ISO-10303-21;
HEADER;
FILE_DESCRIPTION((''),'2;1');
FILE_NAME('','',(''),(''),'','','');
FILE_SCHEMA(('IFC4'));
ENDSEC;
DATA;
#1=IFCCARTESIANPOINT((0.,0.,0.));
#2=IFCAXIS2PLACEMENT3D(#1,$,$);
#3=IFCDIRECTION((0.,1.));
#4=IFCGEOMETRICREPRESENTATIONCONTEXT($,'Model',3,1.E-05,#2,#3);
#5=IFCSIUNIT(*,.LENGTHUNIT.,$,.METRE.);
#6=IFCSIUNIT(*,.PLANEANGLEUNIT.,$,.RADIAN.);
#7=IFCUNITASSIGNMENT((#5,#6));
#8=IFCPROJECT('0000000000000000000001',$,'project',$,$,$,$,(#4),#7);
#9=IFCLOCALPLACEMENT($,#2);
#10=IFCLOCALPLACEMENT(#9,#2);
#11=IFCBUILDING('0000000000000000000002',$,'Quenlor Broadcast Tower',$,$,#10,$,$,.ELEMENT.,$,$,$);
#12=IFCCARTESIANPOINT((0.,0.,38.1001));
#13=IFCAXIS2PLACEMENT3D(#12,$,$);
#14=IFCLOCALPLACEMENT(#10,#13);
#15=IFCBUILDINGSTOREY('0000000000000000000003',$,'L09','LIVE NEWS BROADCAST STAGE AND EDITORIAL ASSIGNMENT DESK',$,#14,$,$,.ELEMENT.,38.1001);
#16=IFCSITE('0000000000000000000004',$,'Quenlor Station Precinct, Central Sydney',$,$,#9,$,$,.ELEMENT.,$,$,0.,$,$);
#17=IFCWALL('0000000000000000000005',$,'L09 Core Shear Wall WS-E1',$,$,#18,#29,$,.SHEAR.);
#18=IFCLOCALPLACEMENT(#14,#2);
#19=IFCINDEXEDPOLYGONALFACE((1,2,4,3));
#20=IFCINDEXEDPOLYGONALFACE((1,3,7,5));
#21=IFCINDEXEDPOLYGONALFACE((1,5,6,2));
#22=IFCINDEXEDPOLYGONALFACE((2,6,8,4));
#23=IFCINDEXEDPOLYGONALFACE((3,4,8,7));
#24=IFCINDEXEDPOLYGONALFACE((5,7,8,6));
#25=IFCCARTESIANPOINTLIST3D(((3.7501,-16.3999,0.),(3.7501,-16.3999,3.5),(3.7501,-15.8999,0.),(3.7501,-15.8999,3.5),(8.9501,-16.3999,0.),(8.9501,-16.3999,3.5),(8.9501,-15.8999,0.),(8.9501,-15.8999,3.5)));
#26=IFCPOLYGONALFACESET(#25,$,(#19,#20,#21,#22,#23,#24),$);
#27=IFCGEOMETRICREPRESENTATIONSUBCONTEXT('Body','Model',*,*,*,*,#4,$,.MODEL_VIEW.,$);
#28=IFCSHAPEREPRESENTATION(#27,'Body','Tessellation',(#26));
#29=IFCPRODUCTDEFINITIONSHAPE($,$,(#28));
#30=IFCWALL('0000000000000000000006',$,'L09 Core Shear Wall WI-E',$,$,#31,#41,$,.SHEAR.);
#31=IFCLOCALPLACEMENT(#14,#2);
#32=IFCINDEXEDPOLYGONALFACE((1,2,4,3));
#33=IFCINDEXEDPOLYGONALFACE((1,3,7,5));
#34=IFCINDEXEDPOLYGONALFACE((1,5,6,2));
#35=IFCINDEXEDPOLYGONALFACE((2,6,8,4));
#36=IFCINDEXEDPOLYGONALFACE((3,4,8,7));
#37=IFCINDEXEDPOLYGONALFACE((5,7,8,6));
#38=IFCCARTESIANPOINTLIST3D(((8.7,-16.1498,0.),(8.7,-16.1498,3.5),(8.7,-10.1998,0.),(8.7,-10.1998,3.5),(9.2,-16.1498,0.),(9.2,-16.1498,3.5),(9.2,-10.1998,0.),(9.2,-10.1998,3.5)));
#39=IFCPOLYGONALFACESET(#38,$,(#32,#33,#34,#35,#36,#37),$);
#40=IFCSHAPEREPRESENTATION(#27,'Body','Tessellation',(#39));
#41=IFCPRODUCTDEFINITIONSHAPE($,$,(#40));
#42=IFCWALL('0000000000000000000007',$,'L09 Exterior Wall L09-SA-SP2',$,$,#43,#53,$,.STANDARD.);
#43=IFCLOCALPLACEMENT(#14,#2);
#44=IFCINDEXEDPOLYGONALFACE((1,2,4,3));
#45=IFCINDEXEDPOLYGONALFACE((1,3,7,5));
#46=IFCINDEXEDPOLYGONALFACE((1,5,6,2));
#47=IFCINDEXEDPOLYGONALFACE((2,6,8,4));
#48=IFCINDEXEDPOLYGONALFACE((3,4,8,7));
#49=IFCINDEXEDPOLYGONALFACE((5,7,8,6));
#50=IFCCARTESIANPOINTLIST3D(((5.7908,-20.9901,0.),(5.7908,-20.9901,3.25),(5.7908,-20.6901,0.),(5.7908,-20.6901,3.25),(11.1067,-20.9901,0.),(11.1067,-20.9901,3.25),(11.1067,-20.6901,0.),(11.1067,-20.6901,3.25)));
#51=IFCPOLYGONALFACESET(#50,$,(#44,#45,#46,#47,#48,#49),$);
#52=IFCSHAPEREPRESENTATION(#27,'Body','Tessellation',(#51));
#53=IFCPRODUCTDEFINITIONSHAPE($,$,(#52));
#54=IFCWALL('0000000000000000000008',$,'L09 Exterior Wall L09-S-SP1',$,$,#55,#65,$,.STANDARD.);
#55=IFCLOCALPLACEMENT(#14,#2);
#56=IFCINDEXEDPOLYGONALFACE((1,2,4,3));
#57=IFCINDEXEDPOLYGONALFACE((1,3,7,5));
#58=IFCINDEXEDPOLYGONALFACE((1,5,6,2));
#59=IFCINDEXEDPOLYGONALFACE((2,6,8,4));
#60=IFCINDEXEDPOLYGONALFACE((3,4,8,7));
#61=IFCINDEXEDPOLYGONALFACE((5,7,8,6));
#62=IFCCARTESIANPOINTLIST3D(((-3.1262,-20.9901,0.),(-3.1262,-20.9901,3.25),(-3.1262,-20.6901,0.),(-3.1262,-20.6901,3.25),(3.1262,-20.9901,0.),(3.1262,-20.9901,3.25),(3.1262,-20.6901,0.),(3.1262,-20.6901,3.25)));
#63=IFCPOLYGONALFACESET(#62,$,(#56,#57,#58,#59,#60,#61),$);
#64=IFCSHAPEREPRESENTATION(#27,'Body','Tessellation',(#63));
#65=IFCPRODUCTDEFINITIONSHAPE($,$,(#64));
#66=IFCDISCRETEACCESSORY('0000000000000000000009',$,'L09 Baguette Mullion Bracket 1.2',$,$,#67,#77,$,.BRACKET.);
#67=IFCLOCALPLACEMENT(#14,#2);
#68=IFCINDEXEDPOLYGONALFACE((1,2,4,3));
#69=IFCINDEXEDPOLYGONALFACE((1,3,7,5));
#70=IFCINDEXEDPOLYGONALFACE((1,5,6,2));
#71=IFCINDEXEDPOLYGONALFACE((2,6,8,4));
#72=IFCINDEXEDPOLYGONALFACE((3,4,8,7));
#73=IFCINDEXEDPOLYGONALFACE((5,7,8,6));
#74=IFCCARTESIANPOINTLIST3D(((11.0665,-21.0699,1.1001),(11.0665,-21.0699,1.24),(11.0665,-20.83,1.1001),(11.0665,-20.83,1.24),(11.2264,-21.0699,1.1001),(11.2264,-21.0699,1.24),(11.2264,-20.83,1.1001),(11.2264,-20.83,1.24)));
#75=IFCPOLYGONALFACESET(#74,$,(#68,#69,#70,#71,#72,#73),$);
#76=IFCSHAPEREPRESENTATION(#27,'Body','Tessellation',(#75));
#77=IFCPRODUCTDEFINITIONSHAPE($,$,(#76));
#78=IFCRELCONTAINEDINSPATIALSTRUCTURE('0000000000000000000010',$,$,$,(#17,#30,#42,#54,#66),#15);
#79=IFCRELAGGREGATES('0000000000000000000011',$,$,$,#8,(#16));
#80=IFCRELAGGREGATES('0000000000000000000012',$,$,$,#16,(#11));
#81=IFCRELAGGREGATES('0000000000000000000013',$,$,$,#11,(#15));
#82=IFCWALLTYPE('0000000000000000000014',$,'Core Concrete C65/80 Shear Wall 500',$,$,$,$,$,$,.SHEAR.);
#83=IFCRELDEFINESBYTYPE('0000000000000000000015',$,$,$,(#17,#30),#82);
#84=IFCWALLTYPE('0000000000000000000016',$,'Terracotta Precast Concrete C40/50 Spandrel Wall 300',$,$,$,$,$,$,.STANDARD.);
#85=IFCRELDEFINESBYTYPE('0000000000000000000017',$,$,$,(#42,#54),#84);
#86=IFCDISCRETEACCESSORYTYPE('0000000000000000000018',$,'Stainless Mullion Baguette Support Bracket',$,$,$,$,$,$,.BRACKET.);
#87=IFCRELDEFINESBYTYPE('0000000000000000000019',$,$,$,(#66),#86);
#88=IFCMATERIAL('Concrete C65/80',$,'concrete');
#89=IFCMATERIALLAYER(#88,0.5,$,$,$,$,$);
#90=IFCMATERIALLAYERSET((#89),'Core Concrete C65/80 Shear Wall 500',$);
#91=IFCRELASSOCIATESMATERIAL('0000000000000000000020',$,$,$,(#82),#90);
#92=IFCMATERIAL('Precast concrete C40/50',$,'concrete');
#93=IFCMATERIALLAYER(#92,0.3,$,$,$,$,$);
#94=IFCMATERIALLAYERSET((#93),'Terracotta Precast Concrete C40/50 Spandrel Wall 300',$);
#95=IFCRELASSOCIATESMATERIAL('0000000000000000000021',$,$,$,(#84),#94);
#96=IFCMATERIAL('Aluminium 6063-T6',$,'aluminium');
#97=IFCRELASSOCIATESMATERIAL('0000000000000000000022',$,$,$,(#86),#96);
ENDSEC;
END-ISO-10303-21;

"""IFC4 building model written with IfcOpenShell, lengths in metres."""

from ifc_helpers import new_model, si_unit, direction, frame, frame_2d, origin, origin_2d, place, context, subcontext, project, spatial, rectangle, extrude, material, layer, layer_set, type_object, element, save


model = new_model("IFC4")

# Units and contexts
model_context = context("Model", 3, precision=1e-05, world=origin(), true_north=direction((0.0, 1.0)))
body_context = subcontext(model_context, "Body", "Model", "MODEL_VIEW")
ifc_project = project(units=[si_unit("LENGTHUNIT", "METRE"), si_unit("PLANEANGLEUNIT", "RADIAN")], contexts=[model_context])

# Site, building, storey
site_placement = place(None, origin())
site = spatial("IfcSite", under=ifc_project, at=site_placement, Name="Quenlor Station Precinct, Central Sydney", CompositionType="ELEMENT", RefElevation=0.0)
building_placement = place(site_placement, origin())
building = spatial("IfcBuilding", under=site, at=building_placement, Name="Quenlor Broadcast Tower", CompositionType="ELEMENT")
storey_placement = place(building_placement, frame((0.0, 0.0, 38.1001)))
storey = spatial("IfcBuildingStorey", under=building, at=storey_placement, Name="L09", Description="LIVE NEWS BROADCAST STAGE AND EDITORIAL ASSIGNMENT DESK", CompositionType="ELEMENT", Elevation=38.1001)

# Walls
ifc_material_1 = material(Name="Concrete C65/80", Category="concrete")
ifc_layer_1 = layer(ifc_material_1, 0.5)
ifc_layer_set_1 = layer_set([ifc_layer_1], Name="Core Concrete C65/80 Shear Wall 500")
wall_type_1 = type_object("IfcWallType", Name="Core Concrete C65/80 Shear Wall 500", PredefinedType="SHEAR", material=ifc_layer_set_1)
wall_1_placement = place(storey_placement, frame((3.75, -16.1499, 0.0), z_axis=(0.0, 0.0, 1.0), x_axis=(1.0, 0.0, 0.0)))
element("IfcWall", 1, at=wall_1_placement, inside=storey, type_object=wall_type_1, Name="L09 Core Shear Wall WS-E1", PredefinedType="SHEAR", context=body_context, shape_type="SweptSolid", body=[
    extrude(rectangle(XDim=5.2, YDim=0.5, at=frame_2d((2.6001, 0.0))), origin(), (0.0, 0.0, 1.0), 3.5),
])
wall_2_placement = place(storey_placement, frame((8.95, -16.1499, 0.0), z_axis=(0.0, 0.0, 1.0), x_axis=(0.0, 1.0, 0.0)))
element("IfcWall", 2, at=wall_2_placement, inside=storey, type_object=wall_type_1, Name="L09 Core Shear Wall WI-E", PredefinedType="SHEAR", context=body_context, shape_type="SweptSolid", body=[
    extrude(rectangle(XDim=5.95, YDim=0.5, at=frame_2d((2.9751, 0.0))), origin(), (0.0, 0.0, 1.0), 3.5),
])
ifc_material_2 = material(Name="Precast concrete C40/50", Category="concrete")
ifc_layer_2 = layer(ifc_material_2, 0.3)
ifc_layer_set_2 = layer_set([ifc_layer_2], Name="Terracotta Precast Concrete C40/50 Spandrel Wall 300")
wall_type_2 = type_object("IfcWallType", Name="Terracotta Precast Concrete C40/50 Spandrel Wall 300", PredefinedType="STANDARD", material=ifc_layer_set_2)
wall_3_placement = place(storey_placement, frame((11.1067, -20.8401, 0.0), z_axis=(0.0, 0.0, 1.0), x_axis=(-1.0, 0.0, 0.0)))
element("IfcWall", 3, at=wall_3_placement, inside=storey, type_object=wall_type_2, Name="L09 Exterior Wall L09-SA-SP2", PredefinedType="STANDARD", context=body_context, shape_type="SweptSolid", body=[
    extrude(rectangle(XDim=5.3159, YDim=0.3, at=frame_2d((2.658, 0.0))), origin(), (0.0, 0.0, 1.0), 3.25),
])
wall_4_placement = place(storey_placement, frame((3.1262, -20.8401, 0.0), z_axis=(0.0, 0.0, 1.0), x_axis=(-1.0, 0.0, 0.0)))
element("IfcWall", 4, at=wall_4_placement, inside=storey, type_object=wall_type_2, Name="L09 Exterior Wall L09-S-SP1", PredefinedType="STANDARD", context=body_context, shape_type="SweptSolid", body=[
    extrude(rectangle(XDim=6.2524, YDim=0.3, at=frame_2d((3.1262, 0.0))), origin(), (0.0, 0.0, 1.0), 3.25),
])

# Discrete accessory
ifc_material_3 = material(Name="Aluminium 6063-T6", Category="aluminium")
discrete_accessory_type = type_object("IfcDiscreteAccessoryType", Name="Stainless Mullion Baguette Support Bracket", PredefinedType="BRACKET", material=ifc_material_3)
discrete_accessory_placement = place(storey_placement, frame((11.1465, -20.95, 1.1001), z_axis=(0.0, 0.0, 1.0), x_axis=(-1.0, 0.0, 0.0)))
element("IfcDiscreteAccessory", 5, at=discrete_accessory_placement, inside=storey, type_object=discrete_accessory_type, Name="L09 Baguette Mullion Bracket 1.2", PredefinedType="BRACKET", context=body_context, shape_type="SweptSolid", body=[
    extrude(rectangle(XDim=0.1599, YDim=0.24, at=origin_2d()), origin(), (0.0, 0.0, 1.0), 0.1399),
])

save(model, "model.ifc")
